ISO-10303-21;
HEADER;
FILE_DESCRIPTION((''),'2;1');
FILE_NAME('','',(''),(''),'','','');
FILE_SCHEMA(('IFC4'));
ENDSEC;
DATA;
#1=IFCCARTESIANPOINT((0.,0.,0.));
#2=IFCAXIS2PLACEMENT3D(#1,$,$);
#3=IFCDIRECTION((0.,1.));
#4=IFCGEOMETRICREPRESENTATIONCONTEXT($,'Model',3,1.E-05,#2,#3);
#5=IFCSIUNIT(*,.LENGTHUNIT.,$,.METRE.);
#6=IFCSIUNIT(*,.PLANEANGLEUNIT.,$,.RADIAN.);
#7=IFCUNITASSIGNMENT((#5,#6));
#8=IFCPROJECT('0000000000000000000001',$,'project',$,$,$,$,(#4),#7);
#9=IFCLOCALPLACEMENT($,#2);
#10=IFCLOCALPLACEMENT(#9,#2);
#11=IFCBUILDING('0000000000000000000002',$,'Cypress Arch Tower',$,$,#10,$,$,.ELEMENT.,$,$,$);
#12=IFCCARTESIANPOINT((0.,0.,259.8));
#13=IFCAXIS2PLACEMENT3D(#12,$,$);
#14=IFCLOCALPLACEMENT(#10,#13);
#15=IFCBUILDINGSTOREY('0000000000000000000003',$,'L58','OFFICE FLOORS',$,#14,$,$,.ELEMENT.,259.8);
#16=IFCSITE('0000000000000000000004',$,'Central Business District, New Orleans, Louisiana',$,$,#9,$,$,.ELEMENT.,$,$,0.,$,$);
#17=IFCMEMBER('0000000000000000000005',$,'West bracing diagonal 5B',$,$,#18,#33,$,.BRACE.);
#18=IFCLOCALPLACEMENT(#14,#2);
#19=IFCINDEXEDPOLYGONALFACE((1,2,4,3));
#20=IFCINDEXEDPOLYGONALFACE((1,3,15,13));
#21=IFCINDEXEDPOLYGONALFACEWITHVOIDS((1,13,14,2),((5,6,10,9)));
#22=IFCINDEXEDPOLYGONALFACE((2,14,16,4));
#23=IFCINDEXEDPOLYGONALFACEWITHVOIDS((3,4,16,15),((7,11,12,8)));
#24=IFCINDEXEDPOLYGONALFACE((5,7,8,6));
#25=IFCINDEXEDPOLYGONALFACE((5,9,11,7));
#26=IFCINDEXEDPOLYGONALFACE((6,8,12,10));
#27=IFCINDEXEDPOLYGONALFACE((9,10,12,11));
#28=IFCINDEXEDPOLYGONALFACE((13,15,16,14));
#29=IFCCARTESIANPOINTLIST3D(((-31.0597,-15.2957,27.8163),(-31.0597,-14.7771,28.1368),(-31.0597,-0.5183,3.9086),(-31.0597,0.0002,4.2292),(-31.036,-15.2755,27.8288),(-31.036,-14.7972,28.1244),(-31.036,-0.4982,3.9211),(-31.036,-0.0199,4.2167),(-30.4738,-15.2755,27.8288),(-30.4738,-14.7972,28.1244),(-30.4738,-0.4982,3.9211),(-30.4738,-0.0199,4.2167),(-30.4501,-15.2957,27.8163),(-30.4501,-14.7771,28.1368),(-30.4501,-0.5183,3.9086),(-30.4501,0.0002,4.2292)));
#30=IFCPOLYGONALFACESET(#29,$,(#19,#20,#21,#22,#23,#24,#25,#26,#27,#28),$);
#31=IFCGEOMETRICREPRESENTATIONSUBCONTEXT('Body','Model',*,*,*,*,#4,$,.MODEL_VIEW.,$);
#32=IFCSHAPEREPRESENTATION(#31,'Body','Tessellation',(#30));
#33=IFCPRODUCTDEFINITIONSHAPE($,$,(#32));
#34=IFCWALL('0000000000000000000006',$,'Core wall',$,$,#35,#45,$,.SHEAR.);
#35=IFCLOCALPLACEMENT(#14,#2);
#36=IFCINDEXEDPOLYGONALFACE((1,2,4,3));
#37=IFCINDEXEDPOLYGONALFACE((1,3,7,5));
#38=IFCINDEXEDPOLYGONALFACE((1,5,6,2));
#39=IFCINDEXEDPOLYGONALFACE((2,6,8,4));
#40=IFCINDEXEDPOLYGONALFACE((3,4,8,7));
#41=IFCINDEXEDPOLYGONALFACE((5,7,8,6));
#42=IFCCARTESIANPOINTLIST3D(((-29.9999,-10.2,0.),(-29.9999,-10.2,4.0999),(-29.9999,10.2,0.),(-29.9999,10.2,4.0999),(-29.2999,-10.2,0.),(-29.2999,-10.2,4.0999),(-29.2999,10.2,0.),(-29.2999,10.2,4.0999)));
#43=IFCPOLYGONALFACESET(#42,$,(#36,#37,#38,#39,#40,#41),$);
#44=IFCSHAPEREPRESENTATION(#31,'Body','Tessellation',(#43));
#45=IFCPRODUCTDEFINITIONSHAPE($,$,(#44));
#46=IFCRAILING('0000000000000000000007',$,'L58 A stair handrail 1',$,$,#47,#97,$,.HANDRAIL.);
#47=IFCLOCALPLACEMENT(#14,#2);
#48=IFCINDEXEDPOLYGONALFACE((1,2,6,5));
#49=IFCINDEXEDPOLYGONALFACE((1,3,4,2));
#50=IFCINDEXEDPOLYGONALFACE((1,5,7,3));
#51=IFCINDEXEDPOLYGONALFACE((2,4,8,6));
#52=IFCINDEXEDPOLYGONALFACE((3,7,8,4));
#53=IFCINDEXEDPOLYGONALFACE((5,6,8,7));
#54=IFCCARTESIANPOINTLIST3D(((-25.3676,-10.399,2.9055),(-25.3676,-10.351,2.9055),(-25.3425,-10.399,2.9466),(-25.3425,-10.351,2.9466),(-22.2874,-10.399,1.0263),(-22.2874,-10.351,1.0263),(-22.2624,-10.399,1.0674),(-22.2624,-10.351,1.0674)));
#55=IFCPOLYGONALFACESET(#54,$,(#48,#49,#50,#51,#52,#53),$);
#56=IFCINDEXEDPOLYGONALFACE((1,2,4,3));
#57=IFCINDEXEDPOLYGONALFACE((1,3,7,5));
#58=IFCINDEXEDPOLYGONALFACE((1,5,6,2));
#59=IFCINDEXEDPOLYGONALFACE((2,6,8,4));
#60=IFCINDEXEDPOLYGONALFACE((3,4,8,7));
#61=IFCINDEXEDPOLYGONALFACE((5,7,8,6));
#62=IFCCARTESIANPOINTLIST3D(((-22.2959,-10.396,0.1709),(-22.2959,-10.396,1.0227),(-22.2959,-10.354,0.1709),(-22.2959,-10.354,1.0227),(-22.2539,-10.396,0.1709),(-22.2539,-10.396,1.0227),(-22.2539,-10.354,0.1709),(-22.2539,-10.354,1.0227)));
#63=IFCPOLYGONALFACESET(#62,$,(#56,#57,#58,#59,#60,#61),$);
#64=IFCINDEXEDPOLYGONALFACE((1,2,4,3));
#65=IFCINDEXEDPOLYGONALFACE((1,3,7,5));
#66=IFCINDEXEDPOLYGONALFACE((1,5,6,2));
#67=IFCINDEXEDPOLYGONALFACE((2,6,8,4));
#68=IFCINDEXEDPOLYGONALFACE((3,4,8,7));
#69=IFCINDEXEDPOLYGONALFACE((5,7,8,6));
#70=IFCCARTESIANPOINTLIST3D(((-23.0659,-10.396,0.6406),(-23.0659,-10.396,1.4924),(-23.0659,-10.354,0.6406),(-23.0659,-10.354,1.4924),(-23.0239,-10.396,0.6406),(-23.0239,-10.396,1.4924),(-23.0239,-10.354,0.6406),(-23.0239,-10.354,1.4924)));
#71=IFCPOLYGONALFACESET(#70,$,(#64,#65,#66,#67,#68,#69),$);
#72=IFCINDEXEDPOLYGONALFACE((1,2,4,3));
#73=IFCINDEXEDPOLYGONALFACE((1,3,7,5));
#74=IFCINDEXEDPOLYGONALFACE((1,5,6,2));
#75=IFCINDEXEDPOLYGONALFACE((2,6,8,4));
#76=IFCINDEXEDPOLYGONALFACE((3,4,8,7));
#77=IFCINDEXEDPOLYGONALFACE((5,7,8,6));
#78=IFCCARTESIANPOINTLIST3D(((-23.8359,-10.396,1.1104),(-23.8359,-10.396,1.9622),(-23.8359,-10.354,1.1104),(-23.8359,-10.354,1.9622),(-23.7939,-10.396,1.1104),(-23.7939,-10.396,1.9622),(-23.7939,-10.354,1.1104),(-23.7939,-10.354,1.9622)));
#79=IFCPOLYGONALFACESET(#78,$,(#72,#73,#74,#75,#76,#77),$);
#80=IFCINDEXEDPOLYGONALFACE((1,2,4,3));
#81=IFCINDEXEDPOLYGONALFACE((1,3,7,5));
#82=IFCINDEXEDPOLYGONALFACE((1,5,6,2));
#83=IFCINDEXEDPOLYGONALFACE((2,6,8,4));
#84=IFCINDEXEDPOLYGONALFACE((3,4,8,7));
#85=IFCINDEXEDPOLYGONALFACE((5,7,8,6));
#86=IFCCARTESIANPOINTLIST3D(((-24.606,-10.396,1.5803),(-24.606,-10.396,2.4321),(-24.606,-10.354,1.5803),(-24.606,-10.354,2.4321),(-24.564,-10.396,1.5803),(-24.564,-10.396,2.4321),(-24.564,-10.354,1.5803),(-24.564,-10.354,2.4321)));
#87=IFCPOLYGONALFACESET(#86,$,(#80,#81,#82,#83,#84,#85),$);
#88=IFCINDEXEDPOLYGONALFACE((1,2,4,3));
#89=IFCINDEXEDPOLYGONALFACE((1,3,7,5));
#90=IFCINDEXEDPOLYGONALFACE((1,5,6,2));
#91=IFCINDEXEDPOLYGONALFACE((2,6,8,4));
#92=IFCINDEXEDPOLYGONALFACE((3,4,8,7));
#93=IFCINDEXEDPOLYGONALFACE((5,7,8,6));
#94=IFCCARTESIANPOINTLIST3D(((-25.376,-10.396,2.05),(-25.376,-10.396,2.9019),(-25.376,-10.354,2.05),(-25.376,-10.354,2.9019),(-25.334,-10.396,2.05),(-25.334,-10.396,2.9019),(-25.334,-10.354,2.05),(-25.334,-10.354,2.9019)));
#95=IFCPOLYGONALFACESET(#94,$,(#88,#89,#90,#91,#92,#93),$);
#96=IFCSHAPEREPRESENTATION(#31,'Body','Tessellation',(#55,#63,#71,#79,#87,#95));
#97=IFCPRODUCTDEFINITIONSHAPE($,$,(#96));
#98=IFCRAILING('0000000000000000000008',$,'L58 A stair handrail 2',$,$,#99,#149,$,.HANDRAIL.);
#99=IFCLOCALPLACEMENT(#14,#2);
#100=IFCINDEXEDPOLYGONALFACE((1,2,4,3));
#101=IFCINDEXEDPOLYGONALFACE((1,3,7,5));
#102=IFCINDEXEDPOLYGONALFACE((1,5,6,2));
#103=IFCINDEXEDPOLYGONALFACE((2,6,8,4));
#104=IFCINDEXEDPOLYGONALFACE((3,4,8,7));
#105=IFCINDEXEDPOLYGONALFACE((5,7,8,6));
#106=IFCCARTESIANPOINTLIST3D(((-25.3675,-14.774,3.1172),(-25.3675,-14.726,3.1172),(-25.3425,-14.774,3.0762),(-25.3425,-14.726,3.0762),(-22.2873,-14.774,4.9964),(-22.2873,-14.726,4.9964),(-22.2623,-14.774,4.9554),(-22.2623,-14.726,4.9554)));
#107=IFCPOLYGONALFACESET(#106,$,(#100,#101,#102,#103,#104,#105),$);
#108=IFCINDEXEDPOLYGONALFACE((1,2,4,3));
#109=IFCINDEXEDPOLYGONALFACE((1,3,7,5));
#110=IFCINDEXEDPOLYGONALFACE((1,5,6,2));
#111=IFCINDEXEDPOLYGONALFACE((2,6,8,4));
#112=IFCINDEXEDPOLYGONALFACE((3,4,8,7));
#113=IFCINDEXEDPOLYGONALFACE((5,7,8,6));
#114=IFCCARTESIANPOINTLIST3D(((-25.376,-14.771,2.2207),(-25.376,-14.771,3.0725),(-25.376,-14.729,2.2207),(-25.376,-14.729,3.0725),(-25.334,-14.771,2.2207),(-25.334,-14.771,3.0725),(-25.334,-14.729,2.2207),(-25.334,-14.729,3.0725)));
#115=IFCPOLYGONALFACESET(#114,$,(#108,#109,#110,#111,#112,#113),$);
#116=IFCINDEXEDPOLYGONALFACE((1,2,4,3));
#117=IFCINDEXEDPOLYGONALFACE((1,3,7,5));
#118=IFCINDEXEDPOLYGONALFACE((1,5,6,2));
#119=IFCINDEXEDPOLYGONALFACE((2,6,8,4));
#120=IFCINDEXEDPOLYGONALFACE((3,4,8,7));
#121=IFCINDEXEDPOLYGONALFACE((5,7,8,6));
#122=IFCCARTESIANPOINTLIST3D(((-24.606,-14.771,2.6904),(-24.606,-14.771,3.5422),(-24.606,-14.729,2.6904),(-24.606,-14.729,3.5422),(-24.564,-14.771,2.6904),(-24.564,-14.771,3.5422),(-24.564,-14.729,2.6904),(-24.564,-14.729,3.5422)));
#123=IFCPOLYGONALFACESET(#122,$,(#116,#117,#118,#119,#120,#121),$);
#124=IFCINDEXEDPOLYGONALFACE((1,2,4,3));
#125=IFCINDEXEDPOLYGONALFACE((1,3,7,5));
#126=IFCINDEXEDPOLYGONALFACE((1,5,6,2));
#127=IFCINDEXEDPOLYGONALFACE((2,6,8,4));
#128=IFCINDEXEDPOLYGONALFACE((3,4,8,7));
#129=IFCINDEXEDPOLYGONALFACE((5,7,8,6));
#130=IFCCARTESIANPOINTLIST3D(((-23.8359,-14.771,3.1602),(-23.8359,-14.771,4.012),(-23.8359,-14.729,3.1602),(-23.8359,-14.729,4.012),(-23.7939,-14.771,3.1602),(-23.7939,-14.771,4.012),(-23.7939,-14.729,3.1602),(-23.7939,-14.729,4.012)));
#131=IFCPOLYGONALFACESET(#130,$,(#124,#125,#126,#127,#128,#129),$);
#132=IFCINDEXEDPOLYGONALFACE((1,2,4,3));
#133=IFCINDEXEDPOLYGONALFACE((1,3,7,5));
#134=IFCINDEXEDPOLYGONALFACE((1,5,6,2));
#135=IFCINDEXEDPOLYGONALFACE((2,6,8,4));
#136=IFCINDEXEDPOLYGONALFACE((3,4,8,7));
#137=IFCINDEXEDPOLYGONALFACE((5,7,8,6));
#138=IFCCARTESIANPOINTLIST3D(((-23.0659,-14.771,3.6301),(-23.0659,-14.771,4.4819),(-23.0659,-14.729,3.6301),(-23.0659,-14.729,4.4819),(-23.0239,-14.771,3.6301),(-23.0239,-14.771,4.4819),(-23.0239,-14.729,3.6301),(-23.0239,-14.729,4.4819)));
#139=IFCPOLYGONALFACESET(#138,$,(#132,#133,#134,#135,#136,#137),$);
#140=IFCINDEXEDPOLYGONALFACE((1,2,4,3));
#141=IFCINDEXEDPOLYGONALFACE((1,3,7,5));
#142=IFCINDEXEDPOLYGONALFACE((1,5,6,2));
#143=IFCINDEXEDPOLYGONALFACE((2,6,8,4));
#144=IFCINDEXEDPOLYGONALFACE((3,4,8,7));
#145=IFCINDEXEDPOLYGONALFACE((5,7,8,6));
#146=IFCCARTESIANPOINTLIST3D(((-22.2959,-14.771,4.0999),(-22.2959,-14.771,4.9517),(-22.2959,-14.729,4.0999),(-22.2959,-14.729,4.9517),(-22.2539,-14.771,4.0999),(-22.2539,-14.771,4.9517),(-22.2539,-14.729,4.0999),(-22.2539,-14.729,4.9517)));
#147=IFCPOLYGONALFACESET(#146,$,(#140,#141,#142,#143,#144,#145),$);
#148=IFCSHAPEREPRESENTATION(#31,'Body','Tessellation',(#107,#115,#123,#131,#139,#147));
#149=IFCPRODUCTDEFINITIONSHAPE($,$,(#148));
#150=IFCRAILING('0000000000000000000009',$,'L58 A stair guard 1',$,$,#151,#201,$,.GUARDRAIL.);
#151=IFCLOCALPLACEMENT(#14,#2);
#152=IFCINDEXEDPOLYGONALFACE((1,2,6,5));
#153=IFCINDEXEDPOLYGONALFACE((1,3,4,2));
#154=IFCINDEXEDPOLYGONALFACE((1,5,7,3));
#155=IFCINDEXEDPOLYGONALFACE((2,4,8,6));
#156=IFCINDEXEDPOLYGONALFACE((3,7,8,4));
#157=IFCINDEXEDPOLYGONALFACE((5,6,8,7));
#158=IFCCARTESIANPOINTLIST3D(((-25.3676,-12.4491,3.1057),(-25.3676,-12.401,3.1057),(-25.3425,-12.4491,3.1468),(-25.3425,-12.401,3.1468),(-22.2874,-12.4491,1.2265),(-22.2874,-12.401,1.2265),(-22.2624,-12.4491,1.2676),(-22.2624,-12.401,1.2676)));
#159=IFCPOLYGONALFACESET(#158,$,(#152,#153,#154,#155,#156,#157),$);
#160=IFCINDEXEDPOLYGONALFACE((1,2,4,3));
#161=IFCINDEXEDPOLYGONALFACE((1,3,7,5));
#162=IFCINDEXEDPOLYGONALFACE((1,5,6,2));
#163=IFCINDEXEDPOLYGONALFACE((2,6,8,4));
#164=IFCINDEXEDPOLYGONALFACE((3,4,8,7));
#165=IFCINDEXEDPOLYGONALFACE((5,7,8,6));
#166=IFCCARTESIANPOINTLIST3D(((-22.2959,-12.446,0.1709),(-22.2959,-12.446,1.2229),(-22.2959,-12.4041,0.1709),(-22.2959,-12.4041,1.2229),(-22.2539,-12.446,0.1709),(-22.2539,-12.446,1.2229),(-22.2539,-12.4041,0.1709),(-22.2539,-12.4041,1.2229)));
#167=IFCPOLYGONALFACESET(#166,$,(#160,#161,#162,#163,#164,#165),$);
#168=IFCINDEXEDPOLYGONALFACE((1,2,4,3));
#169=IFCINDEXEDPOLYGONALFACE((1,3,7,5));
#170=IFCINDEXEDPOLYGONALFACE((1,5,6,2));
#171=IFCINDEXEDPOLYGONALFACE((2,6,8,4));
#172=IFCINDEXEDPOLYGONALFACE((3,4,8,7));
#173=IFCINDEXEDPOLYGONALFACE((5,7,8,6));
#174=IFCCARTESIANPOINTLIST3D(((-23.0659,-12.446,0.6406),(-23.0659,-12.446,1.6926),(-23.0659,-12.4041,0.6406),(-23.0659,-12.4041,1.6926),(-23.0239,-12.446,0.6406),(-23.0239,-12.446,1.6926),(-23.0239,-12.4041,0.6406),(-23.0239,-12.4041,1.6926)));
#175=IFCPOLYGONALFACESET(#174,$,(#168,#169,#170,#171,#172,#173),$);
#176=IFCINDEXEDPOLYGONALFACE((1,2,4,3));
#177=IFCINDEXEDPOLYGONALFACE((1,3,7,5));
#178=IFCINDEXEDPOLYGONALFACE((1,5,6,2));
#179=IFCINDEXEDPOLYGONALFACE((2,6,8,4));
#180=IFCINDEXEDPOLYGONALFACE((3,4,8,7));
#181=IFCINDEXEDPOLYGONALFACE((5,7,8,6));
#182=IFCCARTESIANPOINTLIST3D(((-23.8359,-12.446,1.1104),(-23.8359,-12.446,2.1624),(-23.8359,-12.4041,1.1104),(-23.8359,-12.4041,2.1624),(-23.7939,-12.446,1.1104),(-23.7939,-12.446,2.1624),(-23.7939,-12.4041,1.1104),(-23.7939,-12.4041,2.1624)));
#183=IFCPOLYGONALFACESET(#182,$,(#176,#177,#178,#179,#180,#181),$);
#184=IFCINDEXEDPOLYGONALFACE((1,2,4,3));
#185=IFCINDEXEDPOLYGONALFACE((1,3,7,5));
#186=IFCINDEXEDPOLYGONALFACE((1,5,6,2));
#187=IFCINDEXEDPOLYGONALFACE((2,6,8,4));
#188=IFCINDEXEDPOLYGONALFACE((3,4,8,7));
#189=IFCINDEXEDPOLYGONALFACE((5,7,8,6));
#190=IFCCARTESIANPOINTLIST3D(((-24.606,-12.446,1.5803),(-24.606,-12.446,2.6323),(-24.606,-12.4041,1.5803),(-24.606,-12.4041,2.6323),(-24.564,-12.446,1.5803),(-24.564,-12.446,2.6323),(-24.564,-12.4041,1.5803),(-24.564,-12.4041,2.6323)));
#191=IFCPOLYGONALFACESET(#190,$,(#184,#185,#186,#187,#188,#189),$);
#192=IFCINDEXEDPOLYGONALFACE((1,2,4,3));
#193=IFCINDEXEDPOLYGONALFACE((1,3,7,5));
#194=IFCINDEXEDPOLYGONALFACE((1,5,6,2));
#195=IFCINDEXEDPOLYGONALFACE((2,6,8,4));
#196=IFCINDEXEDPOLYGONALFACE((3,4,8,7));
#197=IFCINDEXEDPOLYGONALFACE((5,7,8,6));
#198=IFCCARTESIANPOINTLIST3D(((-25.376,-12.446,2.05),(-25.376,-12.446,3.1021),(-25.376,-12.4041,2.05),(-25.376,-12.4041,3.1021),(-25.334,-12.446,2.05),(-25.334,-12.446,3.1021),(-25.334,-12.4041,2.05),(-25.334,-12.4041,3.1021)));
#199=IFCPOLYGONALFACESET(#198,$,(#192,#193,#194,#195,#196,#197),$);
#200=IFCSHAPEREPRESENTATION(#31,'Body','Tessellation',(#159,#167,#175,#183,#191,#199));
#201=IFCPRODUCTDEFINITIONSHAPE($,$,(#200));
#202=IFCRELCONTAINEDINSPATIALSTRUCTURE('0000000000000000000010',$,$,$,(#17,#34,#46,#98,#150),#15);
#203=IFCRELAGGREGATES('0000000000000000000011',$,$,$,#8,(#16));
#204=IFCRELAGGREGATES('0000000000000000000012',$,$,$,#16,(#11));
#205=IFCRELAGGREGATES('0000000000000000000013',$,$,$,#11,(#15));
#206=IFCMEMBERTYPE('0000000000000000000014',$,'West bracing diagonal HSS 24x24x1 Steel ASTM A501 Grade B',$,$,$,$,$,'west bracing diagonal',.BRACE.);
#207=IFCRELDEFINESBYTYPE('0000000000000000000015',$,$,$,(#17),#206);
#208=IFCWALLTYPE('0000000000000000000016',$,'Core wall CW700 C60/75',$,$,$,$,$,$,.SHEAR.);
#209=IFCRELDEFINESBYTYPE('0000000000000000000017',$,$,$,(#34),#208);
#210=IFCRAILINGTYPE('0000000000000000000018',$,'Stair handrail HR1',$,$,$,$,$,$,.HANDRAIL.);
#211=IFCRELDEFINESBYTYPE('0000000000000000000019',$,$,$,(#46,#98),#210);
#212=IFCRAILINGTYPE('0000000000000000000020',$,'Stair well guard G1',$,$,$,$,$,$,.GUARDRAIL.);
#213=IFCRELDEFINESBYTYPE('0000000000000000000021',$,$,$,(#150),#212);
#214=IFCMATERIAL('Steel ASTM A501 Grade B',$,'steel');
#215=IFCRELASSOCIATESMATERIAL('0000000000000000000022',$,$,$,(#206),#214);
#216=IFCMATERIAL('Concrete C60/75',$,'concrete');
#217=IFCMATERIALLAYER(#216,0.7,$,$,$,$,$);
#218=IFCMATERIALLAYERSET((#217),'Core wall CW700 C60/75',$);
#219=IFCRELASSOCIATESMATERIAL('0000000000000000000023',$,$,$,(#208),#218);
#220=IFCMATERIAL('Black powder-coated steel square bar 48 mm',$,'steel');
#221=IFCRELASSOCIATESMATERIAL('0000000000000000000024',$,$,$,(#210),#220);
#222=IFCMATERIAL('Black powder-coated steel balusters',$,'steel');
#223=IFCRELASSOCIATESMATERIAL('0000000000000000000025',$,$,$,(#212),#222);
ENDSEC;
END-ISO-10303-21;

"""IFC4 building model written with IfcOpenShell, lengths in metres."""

from ifc_helpers import new_model, si_unit, direction, frame, frame_2d, origin, origin_2d, place, context, subcontext, project, spatial, rectangle, hollow_rectangle, extrude, material, layer, layer_set, material_profile, profile_set, type_object, element, save


model = new_model("IFC4")

# Units and contexts
model_context = context("Model", 3, precision=1e-05, world=origin(), true_north=direction((0.0, 1.0)))
body_context = subcontext(model_context, "Body", "Model", "MODEL_VIEW")
ifc_project = project(units=[si_unit("LENGTHUNIT", "METRE"), si_unit("PLANEANGLEUNIT", "RADIAN")], contexts=[model_context])

# Site, building, storey
site_placement = place(None, origin())
site = spatial("IfcSite", under=ifc_project, at=site_placement, Name="Central Business District, New Orleans, Louisiana", CompositionType="ELEMENT", RefElevation=0.0)
building_placement = place(site_placement, origin())
building = spatial("IfcBuilding", under=site, at=building_placement, Name="Cypress Arch Tower", CompositionType="ELEMENT")
storey_placement = place(building_placement, frame((0.0, 0.0, 259.8)))
storey = spatial("IfcBuildingStorey", under=building, at=storey_placement, Name="L58", Description="OFFICE FLOORS", CompositionType="ELEMENT", Elevation=259.8)

# Member
ifc_material_1 = material(Name="Steel ASTM A501 Grade B", Category="steel")
ifc_material_profile_1 = material_profile(ifc_material_1, hollow_rectangle(XDim=0.6096, YDim=0.6096, WallThickness=0.0237, at=origin_2d()), Name="HSS 24x24x1")
ifc_profile_set_1 = profile_set([ifc_material_profile_1], Name="Steel ASTM A501 Grade B")
member_type = type_object("IfcMemberType", Name="West bracing diagonal HSS 24x24x1 Steel ASTM A501 Grade B", ElementType="west bracing diagonal", PredefinedType="BRACE", material=ifc_profile_set_1)
member_placement = place(storey_placement, frame((-30.7549, -15.0364, 27.9766), z_axis=(0.0, 0.525771, -0.850626), x_axis=(-1.0, 0.0, 0.0)))
element("IfcMember", 1, at=member_placement, inside=storey, type_object=member_type, Name="West bracing diagonal 5B", PredefinedType="BRACE", context=body_context, shape_type="SweptSolid", body=[
    extrude(hollow_rectangle(XDim=0.6096, YDim=0.6096, WallThickness=0.0237, at=origin_2d()), origin(), (0.0, 0.0, 1.0), 28.106),
])

# Wall
ifc_material_2 = material(Name="Concrete C60/75", Category="concrete")
ifc_layer = layer(ifc_material_2, 0.7)
ifc_layer_set = layer_set([ifc_layer], Name="Core wall CW700 C60/75")
wall_type = type_object("IfcWallType", Name="Core wall CW700 C60/75", PredefinedType="SHEAR", material=ifc_layer_set)
wall_placement = place(storey_placement, frame((-29.6499, -10.2, 0.0), z_axis=(0.0, 0.0, 1.0), x_axis=(0.0, 1.0, 0.0)))
element("IfcWall", 2, at=wall_placement, inside=storey, type_object=wall_type, Name="Core wall", PredefinedType="SHEAR", context=body_context, shape_type="SweptSolid", body=[
    extrude(rectangle(XDim=20.3999, YDim=0.7, at=frame_2d((10.2, 0.0))), origin(), (0.0, 0.0, 1.0), 4.0999),
])

# Railings
ifc_material_3 = material(Name="Black powder-coated steel square bar 48 mm", Category="steel")
railing_type_1 = type_object("IfcRailingType", Name="Stair handrail HR1", PredefinedType="HANDRAIL", material=ifc_material_3)
railing_1_placement = place(storey_placement, frame((-22.2749, -10.375, 0.1709)))
element("IfcRailing", 3, at=railing_1_placement, inside=storey, type_object=railing_type_1, Name="L58 A stair handrail 1", PredefinedType="HANDRAIL", context=body_context, shape_type="SweptSolid", body=[
    extrude(rectangle(XDim=0.0481, YDim=0.0481, at=origin_2d()), frame((0.0, 0.0, 0.876), z_axis=(-0.853666, 0.0, 0.52082), x_axis=(0.0, -1.0, 0.0)), (0.0, 0.0, 1.0), 3.6082),
    extrude(rectangle(XDim=0.042, YDim=0.042, at=origin_2d()), origin(), (0.0, 0.0, 1.0), 0.8518),
    extrude(rectangle(XDim=0.042, YDim=0.042, at=origin_2d()), frame((-0.77, 0.0, 0.4697)), (0.0, 0.0, 1.0), 0.8518),
    extrude(rectangle(XDim=0.042, YDim=0.042, at=origin_2d()), frame((-1.54, 0.0, 0.9395)), (0.0, 0.0, 1.0), 0.8518),
    extrude(rectangle(XDim=0.042, YDim=0.042, at=origin_2d()), frame((-2.3101, 0.0, 1.4094)), (0.0, 0.0, 1.0), 0.8518),
    extrude(rectangle(XDim=0.042, YDim=0.042, at=origin_2d()), frame((-3.0801, 0.0, 1.8792)), (0.0, 0.0, 1.0), 0.8518),
])
railing_2_placement = place(storey_placement, frame((-25.355, -14.75, 2.2207)))
element("IfcRailing", 4, at=railing_2_placement, inside=storey, type_object=railing_type_1, Name="L58 A stair handrail 2", PredefinedType="HANDRAIL", context=body_context, shape_type="SweptSolid", body=[
    extrude(rectangle(XDim=0.0481, YDim=0.0481, at=origin_2d()), frame((0.0, 0.0, 0.876), z_axis=(0.853666, 0.0, 0.52082), x_axis=(0.0, 1.0, 0.0)), (0.0, 0.0, 1.0), 3.6082),
    extrude(rectangle(XDim=0.042, YDim=0.042, at=origin_2d()), origin(), (0.0, 0.0, 1.0), 0.8518),
    extrude(rectangle(XDim=0.042, YDim=0.042, at=origin_2d()), frame((0.77, 0.0, 0.4697)), (0.0, 0.0, 1.0), 0.8518),
    extrude(rectangle(XDim=0.042, YDim=0.042, at=origin_2d()), frame((1.54, 0.0, 0.9395)), (0.0, 0.0, 1.0), 0.8518),
    extrude(rectangle(XDim=0.042, YDim=0.042, at=origin_2d()), frame((2.3101, 0.0, 1.4094)), (0.0, 0.0, 1.0), 0.8518),
    extrude(rectangle(XDim=0.042, YDim=0.042, at=origin_2d()), frame((3.0801, 0.0, 1.8792)), (0.0, 0.0, 1.0), 0.8518),
])
ifc_material_4 = material(Name="Black powder-coated steel balusters", Category="steel")
railing_type_2 = type_object("IfcRailingType", Name="Stair well guard G1", PredefinedType="GUARDRAIL", material=ifc_material_4)
railing_3_placement = place(storey_placement, frame((-22.2749, -12.425, 0.1709)))
element("IfcRailing", 5, at=railing_3_placement, inside=storey, type_object=railing_type_2, Name="L58 A stair guard 1", PredefinedType="GUARDRAIL", context=body_context, shape_type="SweptSolid", body=[
    extrude(rectangle(XDim=0.0481, YDim=0.0481, at=origin_2d()), frame((0.0, 0.0, 1.0762), z_axis=(-0.853666, 0.0, 0.52082), x_axis=(0.0, -1.0, 0.0)), (0.0, 0.0, 1.0), 3.6082),
    extrude(rectangle(XDim=0.042, YDim=0.042, at=origin_2d()), origin(), (0.0, 0.0, 1.0), 1.052),
    extrude(rectangle(XDim=0.042, YDim=0.042, at=origin_2d()), frame((-0.77, 0.0, 0.4697)), (0.0, 0.0, 1.0), 1.052),
    extrude(rectangle(XDim=0.042, YDim=0.042, at=origin_2d()), frame((-1.54, 0.0, 0.9395)), (0.0, 0.0, 1.0), 1.052),
    extrude(rectangle(XDim=0.042, YDim=0.042, at=origin_2d()), frame((-2.3101, 0.0, 1.4094)), (0.0, 0.0, 1.0), 1.052),
    extrude(rectangle(XDim=0.042, YDim=0.042, at=origin_2d()), frame((-3.0801, 0.0, 1.8792)), (0.0, 0.0, 1.0), 1.052),
])

save(model, "model.ifc")
